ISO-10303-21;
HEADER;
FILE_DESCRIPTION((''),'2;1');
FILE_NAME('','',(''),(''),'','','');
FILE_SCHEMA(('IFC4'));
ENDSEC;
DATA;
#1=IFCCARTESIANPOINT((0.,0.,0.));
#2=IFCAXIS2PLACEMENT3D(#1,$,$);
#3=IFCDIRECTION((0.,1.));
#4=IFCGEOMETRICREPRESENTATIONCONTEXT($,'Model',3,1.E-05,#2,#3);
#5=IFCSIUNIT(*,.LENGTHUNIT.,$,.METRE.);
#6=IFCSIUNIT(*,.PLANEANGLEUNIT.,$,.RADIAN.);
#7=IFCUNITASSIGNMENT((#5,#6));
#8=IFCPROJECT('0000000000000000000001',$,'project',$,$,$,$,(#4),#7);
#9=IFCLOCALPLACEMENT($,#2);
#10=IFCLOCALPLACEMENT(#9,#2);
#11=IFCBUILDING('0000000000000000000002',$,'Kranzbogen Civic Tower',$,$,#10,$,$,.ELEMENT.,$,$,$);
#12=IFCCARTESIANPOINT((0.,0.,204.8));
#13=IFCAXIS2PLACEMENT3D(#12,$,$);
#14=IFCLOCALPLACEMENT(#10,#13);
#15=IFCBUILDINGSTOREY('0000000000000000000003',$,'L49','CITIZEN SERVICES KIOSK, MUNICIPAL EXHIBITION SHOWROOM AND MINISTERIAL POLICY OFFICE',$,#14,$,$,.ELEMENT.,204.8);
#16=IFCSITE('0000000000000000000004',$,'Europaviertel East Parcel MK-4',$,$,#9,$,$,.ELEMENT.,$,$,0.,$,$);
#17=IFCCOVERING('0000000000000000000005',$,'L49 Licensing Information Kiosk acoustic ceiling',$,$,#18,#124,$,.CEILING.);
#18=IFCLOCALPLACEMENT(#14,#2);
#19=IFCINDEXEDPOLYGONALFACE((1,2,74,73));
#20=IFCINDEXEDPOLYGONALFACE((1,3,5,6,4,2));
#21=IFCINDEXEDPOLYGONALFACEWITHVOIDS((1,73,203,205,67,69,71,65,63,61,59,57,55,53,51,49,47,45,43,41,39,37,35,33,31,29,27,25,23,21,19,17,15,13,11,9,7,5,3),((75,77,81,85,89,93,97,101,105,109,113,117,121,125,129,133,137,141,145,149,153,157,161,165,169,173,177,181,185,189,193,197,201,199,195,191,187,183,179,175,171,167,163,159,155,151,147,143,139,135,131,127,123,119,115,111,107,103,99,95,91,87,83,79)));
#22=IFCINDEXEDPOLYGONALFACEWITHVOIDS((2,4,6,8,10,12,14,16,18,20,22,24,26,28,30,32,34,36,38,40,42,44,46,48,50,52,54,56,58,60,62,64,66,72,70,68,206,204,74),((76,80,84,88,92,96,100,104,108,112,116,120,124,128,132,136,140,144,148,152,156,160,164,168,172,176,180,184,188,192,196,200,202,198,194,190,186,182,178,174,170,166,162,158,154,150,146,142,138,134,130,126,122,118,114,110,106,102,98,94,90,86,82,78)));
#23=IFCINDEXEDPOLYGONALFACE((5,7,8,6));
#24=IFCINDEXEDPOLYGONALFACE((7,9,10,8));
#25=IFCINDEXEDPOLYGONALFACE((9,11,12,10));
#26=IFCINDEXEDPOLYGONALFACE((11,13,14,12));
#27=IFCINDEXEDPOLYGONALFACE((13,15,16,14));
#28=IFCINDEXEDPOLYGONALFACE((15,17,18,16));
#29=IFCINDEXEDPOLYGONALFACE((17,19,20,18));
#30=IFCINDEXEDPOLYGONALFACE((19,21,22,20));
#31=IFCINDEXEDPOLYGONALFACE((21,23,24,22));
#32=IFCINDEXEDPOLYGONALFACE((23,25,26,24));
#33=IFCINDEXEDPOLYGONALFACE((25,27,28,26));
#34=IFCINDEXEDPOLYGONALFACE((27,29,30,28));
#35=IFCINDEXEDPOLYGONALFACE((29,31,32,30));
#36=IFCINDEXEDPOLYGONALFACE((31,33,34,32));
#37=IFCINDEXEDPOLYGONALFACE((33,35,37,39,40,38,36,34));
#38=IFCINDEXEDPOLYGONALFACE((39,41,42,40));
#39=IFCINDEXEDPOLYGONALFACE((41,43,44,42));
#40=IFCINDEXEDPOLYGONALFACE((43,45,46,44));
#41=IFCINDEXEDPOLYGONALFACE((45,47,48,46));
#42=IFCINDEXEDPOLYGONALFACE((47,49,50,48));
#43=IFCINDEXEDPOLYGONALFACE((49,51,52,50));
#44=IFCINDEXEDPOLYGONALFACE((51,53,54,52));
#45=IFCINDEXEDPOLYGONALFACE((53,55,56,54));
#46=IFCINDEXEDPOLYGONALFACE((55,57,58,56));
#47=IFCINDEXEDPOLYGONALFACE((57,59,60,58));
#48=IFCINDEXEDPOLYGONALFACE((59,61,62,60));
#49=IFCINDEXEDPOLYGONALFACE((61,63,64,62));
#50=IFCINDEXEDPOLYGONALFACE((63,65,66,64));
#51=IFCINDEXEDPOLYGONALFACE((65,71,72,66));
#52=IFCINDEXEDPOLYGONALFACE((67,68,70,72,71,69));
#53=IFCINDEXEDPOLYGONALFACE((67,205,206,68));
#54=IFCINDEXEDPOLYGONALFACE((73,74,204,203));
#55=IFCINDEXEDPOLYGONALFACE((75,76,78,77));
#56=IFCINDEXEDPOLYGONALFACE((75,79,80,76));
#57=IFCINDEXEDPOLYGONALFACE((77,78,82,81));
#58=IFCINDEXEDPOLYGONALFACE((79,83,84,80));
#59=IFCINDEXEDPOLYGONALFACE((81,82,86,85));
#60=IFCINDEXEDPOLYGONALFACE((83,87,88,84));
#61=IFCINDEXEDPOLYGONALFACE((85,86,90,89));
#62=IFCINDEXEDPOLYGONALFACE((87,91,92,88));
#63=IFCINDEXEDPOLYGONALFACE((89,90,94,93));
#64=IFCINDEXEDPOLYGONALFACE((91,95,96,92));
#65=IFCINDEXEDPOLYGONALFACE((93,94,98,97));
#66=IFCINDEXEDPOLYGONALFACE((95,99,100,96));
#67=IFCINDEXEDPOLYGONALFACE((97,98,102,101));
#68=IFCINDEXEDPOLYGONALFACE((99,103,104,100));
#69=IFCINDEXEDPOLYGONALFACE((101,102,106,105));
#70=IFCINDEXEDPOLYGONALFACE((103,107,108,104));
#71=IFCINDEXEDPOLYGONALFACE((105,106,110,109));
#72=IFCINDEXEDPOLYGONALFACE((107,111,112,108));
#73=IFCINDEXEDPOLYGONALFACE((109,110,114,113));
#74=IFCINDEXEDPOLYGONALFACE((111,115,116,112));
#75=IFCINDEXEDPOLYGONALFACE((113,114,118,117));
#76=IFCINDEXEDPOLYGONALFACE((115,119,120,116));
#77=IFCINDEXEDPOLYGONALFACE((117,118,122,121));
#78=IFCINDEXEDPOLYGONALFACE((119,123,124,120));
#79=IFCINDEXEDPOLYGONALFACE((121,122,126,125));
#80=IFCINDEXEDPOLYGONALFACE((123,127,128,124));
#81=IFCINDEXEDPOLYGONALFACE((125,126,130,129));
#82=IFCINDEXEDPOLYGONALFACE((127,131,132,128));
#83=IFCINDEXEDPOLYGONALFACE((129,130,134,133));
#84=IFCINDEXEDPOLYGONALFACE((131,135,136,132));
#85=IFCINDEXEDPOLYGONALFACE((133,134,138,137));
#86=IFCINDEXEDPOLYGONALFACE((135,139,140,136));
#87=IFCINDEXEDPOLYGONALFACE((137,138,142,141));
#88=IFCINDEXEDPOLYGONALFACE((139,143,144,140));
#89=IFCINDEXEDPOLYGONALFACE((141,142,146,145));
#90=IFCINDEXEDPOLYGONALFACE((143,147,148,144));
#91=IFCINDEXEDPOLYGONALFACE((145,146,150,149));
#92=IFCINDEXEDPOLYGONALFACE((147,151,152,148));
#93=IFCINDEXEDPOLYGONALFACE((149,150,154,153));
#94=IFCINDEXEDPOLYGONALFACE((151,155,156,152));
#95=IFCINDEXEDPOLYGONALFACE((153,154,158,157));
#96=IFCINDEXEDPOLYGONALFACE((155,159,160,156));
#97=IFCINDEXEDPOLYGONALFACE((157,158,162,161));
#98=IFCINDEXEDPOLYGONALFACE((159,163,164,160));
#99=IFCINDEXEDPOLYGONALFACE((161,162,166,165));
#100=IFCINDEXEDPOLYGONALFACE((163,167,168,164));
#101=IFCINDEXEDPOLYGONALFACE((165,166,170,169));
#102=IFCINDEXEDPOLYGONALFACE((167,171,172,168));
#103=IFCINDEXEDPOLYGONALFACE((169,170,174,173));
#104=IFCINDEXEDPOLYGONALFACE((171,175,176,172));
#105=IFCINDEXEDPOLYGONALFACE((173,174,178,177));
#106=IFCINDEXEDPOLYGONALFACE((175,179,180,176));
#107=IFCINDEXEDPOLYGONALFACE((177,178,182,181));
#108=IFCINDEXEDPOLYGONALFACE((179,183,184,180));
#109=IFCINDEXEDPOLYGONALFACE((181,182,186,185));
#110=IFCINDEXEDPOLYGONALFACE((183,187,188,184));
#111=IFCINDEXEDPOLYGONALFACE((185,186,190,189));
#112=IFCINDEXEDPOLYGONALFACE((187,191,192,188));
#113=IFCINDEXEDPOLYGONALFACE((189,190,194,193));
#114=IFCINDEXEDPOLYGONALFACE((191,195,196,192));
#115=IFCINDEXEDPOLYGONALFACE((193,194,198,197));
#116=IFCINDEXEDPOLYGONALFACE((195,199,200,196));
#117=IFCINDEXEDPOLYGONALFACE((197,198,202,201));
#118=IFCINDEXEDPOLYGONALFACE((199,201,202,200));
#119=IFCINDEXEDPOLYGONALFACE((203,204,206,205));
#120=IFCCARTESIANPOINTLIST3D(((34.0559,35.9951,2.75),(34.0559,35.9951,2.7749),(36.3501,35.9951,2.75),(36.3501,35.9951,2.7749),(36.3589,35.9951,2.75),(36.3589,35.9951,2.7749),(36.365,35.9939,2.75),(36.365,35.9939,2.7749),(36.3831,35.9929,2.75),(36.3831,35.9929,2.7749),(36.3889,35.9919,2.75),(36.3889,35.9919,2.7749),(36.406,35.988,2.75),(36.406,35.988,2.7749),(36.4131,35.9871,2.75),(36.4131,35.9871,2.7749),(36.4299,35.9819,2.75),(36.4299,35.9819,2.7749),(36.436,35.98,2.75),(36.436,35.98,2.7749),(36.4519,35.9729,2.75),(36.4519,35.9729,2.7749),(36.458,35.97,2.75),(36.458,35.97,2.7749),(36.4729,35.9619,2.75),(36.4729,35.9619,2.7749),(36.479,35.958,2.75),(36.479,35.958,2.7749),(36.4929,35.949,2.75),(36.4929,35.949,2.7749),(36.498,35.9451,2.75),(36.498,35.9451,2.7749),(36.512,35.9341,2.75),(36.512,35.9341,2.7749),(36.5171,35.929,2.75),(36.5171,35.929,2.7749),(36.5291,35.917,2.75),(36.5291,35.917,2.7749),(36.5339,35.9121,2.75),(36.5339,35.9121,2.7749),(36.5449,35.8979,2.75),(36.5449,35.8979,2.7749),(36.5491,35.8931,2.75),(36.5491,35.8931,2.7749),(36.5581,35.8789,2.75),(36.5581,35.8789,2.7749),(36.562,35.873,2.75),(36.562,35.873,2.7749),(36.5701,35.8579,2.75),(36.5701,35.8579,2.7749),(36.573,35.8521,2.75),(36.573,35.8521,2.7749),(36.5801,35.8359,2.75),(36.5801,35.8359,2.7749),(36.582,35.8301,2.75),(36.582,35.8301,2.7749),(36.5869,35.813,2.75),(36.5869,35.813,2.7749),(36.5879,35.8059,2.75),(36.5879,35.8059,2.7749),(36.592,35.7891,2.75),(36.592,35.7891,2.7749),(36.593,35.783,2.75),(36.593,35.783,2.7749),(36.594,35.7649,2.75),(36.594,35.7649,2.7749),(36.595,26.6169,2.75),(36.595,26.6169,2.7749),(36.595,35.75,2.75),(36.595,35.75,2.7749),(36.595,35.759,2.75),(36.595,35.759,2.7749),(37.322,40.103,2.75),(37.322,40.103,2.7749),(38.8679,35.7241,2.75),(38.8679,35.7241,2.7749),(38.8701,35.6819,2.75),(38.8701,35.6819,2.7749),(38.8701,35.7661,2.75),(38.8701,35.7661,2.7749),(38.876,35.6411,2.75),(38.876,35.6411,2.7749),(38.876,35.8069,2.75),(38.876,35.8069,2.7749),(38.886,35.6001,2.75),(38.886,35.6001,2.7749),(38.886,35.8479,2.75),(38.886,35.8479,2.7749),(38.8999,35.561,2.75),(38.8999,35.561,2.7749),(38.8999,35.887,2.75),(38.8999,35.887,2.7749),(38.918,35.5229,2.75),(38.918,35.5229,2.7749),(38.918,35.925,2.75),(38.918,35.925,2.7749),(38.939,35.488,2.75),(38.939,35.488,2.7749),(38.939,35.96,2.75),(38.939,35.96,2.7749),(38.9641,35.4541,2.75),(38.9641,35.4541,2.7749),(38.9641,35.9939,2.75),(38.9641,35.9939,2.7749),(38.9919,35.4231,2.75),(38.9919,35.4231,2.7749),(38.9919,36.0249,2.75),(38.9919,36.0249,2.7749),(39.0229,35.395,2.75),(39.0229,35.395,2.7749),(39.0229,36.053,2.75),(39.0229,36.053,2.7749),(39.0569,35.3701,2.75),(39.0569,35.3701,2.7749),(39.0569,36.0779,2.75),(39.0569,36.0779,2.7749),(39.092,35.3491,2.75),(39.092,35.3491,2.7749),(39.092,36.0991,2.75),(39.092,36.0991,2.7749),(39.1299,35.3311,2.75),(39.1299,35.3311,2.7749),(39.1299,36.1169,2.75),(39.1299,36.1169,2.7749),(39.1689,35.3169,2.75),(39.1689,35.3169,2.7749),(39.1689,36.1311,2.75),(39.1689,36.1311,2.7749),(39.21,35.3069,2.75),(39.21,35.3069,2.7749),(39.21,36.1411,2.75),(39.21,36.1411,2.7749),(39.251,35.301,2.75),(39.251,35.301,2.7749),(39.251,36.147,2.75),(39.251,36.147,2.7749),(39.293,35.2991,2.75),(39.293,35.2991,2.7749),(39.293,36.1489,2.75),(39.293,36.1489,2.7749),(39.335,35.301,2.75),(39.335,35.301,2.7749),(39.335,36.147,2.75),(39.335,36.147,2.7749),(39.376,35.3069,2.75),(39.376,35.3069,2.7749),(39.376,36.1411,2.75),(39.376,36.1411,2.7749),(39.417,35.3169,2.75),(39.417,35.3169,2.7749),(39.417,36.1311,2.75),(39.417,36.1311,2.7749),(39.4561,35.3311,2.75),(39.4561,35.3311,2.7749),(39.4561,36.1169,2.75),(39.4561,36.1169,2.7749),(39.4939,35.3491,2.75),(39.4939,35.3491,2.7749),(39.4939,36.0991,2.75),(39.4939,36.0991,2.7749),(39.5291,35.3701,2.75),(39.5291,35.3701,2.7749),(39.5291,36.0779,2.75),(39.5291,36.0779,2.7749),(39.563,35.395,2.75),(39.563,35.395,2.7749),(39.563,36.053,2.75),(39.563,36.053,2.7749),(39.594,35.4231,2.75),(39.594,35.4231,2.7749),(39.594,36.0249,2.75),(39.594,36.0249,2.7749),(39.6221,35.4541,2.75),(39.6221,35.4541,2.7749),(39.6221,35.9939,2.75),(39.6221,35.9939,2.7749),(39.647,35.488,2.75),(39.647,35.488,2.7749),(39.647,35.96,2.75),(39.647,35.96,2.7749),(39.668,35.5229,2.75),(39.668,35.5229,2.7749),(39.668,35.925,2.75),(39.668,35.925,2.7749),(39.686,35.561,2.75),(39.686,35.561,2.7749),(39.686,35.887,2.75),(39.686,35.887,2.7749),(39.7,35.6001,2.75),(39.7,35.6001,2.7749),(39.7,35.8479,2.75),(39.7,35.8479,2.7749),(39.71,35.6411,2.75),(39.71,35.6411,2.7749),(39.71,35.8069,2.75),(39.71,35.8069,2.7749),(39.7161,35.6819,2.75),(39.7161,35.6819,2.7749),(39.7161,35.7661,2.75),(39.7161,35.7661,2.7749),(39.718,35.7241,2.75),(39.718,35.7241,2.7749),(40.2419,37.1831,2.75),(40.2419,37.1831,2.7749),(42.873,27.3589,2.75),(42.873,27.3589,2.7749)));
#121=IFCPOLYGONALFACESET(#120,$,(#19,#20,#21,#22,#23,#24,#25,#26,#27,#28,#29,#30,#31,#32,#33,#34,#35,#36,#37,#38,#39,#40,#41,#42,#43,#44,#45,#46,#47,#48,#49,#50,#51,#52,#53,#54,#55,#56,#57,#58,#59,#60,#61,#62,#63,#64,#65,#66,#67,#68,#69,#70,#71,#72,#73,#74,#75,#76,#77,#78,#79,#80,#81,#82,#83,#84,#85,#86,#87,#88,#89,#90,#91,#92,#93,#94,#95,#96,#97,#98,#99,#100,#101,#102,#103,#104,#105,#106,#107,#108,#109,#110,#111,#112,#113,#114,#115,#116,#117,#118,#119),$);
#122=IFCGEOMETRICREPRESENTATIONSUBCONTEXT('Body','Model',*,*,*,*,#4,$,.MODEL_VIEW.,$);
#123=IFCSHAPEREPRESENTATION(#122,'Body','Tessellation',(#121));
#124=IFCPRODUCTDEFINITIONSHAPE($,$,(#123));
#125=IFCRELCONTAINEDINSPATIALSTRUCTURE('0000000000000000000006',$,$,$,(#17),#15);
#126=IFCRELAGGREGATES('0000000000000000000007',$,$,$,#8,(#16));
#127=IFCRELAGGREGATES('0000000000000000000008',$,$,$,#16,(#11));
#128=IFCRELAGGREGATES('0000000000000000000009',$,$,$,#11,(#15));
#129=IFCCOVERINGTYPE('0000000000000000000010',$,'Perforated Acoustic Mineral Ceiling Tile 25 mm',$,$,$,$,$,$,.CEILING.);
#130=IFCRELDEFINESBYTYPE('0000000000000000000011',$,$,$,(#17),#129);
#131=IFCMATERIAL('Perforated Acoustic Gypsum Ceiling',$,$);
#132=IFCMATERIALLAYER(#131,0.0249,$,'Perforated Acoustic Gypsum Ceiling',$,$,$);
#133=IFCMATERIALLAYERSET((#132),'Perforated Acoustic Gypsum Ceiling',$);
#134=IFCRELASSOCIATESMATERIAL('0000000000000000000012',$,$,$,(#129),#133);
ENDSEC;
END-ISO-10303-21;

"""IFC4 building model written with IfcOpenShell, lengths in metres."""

from ifc_helpers import new_model, si_unit, direction, frame, origin, place, context, subcontext, project, spatial, polyline, outline, extrude, material, layer, layer_set, type_object, element, save


model = new_model("IFC4")

# Units and contexts
model_context = context("Model", 3, precision=1e-05, world=origin(), true_north=direction((0.0, 1.0)))
body_context = subcontext(model_context, "Body", "Model", "MODEL_VIEW")
ifc_project = project(units=[si_unit("LENGTHUNIT", "METRE"), si_unit("PLANEANGLEUNIT", "RADIAN")], contexts=[model_context])

# Site, building, storey
site_placement = place(None, origin())
site = spatial("IfcSite", under=ifc_project, at=site_placement, Name="Europaviertel East Parcel MK-4", CompositionType="ELEMENT", RefElevation=0.0)
building_placement = place(site_placement, origin())
building = spatial("IfcBuilding", under=site, at=building_placement, Name="Kranzbogen Civic Tower", CompositionType="ELEMENT")
storey_placement = place(building_placement, frame((0.0, 0.0, 204.8)))
storey = spatial("IfcBuildingStorey", under=building, at=storey_placement, Name="L49", Description="CITIZEN SERVICES KIOSK, MUNICIPAL EXHIBITION SHOWROOM AND MINISTERIAL POLICY OFFICE", CompositionType="ELEMENT", Elevation=204.8)

# Covering
ifc_material_1 = material(Name="Perforated Acoustic Gypsum Ceiling")
ifc_layer_1 = layer(ifc_material_1, 0.0249, Name="Perforated Acoustic Gypsum Ceiling")
ifc_layer_set_1 = layer_set([ifc_layer_1], Name="Perforated Acoustic Gypsum Ceiling")
covering_type_1 = type_object("IfcCoveringType", Name="Perforated Acoustic Mineral Ceiling Tile 25 mm", PredefinedType="CEILING", material=ifc_layer_set_1)
covering_1_placement = place(storey_placement, frame((0.0, 0.0, 2.75)))
element("IfcCovering", 1, at=covering_1_placement, inside=storey, type_object=covering_type_1, Name="L49 Licensing Information Kiosk acoustic ceiling", PredefinedType="CEILING", context=body_context, shape_type="SweptSolid", body=[
    extrude(outline(polyline([(36.595, 26.6169), (36.595, 35.75), (36.595, 35.759), (36.594, 35.7649), (36.593, 35.783), (36.592, 35.7891), (36.5879, 35.8059), (36.5869, 35.813), (36.582, 35.8301), (36.5801, 35.8359), (36.573, 35.8521), (36.5701, 35.8579), (36.562, 35.873), (36.5581, 35.8789), (36.5491, 35.8931), (36.5449, 35.8979), (36.5339, 35.9121), (36.5291, 35.917), (36.5171, 35.929), (36.512, 35.9341), (36.498, 35.9451), (36.4929, 35.949), (36.479, 35.958), (36.4729, 35.9619), (36.458, 35.97), (36.4519, 35.9729), (36.436, 35.98), (36.4299, 35.9819), (36.4131, 35.9871), (36.406, 35.988), (36.3889, 35.9919), (36.3831, 35.9929), (36.365, 35.9939), (36.3589, 35.9951), (36.3501, 35.9951), (34.0559, 35.9951), (37.322, 40.103), (40.2419, 37.1831), (42.873, 27.3589), (36.595, 26.6169)]), holes=[polyline([(39.686, 35.561), (39.668, 35.5229), (39.647, 35.488), (39.6221, 35.4541), (39.594, 35.4231), (39.563, 35.395), (39.5291, 35.3701), (39.4939, 35.3491), (39.4561, 35.3311), (39.417, 35.3169), (39.376, 35.3069), (39.335, 35.301), (39.293, 35.2991), (39.251, 35.301), (39.21, 35.3069), (39.1689, 35.3169), (39.1299, 35.3311), (39.092, 35.3491), (39.0569, 35.3701), (39.0229, 35.395), (38.9919, 35.4231), (38.9641, 35.4541), (38.939, 35.488), (38.918, 35.5229), (38.8999, 35.561), (38.886, 35.6001), (38.876, 35.6411), (38.8701, 35.6819), (38.8679, 35.7241), (38.8701, 35.7661), (38.876, 35.8069), (38.886, 35.8479), (38.8999, 35.887), (38.918, 35.925), (38.939, 35.96), (38.9641, 35.9939), (38.9919, 36.0249), (39.0229, 36.053), (39.0569, 36.0779), (39.092, 36.0991), (39.1299, 36.1169), (39.1689, 36.1311), (39.21, 36.1411), (39.251, 36.147), (39.293, 36.1489), (39.335, 36.147), (39.376, 36.1411), (39.417, 36.1311), (39.4561, 36.1169), (39.4939, 36.0991), (39.5291, 36.0779), (39.563, 36.053), (39.594, 36.0249), (39.6221, 35.9939), (39.647, 35.96), (39.668, 35.925), (39.686, 35.887), (39.7, 35.8479), (39.71, 35.8069), (39.7161, 35.7661), (39.718, 35.7241), (39.7161, 35.6819), (39.71, 35.6411), (39.7, 35.6001), (39.686, 35.561)])]), origin(), (0.0, 0.0, 1.0), 0.0249),
])

save(model, "model.ifc")
